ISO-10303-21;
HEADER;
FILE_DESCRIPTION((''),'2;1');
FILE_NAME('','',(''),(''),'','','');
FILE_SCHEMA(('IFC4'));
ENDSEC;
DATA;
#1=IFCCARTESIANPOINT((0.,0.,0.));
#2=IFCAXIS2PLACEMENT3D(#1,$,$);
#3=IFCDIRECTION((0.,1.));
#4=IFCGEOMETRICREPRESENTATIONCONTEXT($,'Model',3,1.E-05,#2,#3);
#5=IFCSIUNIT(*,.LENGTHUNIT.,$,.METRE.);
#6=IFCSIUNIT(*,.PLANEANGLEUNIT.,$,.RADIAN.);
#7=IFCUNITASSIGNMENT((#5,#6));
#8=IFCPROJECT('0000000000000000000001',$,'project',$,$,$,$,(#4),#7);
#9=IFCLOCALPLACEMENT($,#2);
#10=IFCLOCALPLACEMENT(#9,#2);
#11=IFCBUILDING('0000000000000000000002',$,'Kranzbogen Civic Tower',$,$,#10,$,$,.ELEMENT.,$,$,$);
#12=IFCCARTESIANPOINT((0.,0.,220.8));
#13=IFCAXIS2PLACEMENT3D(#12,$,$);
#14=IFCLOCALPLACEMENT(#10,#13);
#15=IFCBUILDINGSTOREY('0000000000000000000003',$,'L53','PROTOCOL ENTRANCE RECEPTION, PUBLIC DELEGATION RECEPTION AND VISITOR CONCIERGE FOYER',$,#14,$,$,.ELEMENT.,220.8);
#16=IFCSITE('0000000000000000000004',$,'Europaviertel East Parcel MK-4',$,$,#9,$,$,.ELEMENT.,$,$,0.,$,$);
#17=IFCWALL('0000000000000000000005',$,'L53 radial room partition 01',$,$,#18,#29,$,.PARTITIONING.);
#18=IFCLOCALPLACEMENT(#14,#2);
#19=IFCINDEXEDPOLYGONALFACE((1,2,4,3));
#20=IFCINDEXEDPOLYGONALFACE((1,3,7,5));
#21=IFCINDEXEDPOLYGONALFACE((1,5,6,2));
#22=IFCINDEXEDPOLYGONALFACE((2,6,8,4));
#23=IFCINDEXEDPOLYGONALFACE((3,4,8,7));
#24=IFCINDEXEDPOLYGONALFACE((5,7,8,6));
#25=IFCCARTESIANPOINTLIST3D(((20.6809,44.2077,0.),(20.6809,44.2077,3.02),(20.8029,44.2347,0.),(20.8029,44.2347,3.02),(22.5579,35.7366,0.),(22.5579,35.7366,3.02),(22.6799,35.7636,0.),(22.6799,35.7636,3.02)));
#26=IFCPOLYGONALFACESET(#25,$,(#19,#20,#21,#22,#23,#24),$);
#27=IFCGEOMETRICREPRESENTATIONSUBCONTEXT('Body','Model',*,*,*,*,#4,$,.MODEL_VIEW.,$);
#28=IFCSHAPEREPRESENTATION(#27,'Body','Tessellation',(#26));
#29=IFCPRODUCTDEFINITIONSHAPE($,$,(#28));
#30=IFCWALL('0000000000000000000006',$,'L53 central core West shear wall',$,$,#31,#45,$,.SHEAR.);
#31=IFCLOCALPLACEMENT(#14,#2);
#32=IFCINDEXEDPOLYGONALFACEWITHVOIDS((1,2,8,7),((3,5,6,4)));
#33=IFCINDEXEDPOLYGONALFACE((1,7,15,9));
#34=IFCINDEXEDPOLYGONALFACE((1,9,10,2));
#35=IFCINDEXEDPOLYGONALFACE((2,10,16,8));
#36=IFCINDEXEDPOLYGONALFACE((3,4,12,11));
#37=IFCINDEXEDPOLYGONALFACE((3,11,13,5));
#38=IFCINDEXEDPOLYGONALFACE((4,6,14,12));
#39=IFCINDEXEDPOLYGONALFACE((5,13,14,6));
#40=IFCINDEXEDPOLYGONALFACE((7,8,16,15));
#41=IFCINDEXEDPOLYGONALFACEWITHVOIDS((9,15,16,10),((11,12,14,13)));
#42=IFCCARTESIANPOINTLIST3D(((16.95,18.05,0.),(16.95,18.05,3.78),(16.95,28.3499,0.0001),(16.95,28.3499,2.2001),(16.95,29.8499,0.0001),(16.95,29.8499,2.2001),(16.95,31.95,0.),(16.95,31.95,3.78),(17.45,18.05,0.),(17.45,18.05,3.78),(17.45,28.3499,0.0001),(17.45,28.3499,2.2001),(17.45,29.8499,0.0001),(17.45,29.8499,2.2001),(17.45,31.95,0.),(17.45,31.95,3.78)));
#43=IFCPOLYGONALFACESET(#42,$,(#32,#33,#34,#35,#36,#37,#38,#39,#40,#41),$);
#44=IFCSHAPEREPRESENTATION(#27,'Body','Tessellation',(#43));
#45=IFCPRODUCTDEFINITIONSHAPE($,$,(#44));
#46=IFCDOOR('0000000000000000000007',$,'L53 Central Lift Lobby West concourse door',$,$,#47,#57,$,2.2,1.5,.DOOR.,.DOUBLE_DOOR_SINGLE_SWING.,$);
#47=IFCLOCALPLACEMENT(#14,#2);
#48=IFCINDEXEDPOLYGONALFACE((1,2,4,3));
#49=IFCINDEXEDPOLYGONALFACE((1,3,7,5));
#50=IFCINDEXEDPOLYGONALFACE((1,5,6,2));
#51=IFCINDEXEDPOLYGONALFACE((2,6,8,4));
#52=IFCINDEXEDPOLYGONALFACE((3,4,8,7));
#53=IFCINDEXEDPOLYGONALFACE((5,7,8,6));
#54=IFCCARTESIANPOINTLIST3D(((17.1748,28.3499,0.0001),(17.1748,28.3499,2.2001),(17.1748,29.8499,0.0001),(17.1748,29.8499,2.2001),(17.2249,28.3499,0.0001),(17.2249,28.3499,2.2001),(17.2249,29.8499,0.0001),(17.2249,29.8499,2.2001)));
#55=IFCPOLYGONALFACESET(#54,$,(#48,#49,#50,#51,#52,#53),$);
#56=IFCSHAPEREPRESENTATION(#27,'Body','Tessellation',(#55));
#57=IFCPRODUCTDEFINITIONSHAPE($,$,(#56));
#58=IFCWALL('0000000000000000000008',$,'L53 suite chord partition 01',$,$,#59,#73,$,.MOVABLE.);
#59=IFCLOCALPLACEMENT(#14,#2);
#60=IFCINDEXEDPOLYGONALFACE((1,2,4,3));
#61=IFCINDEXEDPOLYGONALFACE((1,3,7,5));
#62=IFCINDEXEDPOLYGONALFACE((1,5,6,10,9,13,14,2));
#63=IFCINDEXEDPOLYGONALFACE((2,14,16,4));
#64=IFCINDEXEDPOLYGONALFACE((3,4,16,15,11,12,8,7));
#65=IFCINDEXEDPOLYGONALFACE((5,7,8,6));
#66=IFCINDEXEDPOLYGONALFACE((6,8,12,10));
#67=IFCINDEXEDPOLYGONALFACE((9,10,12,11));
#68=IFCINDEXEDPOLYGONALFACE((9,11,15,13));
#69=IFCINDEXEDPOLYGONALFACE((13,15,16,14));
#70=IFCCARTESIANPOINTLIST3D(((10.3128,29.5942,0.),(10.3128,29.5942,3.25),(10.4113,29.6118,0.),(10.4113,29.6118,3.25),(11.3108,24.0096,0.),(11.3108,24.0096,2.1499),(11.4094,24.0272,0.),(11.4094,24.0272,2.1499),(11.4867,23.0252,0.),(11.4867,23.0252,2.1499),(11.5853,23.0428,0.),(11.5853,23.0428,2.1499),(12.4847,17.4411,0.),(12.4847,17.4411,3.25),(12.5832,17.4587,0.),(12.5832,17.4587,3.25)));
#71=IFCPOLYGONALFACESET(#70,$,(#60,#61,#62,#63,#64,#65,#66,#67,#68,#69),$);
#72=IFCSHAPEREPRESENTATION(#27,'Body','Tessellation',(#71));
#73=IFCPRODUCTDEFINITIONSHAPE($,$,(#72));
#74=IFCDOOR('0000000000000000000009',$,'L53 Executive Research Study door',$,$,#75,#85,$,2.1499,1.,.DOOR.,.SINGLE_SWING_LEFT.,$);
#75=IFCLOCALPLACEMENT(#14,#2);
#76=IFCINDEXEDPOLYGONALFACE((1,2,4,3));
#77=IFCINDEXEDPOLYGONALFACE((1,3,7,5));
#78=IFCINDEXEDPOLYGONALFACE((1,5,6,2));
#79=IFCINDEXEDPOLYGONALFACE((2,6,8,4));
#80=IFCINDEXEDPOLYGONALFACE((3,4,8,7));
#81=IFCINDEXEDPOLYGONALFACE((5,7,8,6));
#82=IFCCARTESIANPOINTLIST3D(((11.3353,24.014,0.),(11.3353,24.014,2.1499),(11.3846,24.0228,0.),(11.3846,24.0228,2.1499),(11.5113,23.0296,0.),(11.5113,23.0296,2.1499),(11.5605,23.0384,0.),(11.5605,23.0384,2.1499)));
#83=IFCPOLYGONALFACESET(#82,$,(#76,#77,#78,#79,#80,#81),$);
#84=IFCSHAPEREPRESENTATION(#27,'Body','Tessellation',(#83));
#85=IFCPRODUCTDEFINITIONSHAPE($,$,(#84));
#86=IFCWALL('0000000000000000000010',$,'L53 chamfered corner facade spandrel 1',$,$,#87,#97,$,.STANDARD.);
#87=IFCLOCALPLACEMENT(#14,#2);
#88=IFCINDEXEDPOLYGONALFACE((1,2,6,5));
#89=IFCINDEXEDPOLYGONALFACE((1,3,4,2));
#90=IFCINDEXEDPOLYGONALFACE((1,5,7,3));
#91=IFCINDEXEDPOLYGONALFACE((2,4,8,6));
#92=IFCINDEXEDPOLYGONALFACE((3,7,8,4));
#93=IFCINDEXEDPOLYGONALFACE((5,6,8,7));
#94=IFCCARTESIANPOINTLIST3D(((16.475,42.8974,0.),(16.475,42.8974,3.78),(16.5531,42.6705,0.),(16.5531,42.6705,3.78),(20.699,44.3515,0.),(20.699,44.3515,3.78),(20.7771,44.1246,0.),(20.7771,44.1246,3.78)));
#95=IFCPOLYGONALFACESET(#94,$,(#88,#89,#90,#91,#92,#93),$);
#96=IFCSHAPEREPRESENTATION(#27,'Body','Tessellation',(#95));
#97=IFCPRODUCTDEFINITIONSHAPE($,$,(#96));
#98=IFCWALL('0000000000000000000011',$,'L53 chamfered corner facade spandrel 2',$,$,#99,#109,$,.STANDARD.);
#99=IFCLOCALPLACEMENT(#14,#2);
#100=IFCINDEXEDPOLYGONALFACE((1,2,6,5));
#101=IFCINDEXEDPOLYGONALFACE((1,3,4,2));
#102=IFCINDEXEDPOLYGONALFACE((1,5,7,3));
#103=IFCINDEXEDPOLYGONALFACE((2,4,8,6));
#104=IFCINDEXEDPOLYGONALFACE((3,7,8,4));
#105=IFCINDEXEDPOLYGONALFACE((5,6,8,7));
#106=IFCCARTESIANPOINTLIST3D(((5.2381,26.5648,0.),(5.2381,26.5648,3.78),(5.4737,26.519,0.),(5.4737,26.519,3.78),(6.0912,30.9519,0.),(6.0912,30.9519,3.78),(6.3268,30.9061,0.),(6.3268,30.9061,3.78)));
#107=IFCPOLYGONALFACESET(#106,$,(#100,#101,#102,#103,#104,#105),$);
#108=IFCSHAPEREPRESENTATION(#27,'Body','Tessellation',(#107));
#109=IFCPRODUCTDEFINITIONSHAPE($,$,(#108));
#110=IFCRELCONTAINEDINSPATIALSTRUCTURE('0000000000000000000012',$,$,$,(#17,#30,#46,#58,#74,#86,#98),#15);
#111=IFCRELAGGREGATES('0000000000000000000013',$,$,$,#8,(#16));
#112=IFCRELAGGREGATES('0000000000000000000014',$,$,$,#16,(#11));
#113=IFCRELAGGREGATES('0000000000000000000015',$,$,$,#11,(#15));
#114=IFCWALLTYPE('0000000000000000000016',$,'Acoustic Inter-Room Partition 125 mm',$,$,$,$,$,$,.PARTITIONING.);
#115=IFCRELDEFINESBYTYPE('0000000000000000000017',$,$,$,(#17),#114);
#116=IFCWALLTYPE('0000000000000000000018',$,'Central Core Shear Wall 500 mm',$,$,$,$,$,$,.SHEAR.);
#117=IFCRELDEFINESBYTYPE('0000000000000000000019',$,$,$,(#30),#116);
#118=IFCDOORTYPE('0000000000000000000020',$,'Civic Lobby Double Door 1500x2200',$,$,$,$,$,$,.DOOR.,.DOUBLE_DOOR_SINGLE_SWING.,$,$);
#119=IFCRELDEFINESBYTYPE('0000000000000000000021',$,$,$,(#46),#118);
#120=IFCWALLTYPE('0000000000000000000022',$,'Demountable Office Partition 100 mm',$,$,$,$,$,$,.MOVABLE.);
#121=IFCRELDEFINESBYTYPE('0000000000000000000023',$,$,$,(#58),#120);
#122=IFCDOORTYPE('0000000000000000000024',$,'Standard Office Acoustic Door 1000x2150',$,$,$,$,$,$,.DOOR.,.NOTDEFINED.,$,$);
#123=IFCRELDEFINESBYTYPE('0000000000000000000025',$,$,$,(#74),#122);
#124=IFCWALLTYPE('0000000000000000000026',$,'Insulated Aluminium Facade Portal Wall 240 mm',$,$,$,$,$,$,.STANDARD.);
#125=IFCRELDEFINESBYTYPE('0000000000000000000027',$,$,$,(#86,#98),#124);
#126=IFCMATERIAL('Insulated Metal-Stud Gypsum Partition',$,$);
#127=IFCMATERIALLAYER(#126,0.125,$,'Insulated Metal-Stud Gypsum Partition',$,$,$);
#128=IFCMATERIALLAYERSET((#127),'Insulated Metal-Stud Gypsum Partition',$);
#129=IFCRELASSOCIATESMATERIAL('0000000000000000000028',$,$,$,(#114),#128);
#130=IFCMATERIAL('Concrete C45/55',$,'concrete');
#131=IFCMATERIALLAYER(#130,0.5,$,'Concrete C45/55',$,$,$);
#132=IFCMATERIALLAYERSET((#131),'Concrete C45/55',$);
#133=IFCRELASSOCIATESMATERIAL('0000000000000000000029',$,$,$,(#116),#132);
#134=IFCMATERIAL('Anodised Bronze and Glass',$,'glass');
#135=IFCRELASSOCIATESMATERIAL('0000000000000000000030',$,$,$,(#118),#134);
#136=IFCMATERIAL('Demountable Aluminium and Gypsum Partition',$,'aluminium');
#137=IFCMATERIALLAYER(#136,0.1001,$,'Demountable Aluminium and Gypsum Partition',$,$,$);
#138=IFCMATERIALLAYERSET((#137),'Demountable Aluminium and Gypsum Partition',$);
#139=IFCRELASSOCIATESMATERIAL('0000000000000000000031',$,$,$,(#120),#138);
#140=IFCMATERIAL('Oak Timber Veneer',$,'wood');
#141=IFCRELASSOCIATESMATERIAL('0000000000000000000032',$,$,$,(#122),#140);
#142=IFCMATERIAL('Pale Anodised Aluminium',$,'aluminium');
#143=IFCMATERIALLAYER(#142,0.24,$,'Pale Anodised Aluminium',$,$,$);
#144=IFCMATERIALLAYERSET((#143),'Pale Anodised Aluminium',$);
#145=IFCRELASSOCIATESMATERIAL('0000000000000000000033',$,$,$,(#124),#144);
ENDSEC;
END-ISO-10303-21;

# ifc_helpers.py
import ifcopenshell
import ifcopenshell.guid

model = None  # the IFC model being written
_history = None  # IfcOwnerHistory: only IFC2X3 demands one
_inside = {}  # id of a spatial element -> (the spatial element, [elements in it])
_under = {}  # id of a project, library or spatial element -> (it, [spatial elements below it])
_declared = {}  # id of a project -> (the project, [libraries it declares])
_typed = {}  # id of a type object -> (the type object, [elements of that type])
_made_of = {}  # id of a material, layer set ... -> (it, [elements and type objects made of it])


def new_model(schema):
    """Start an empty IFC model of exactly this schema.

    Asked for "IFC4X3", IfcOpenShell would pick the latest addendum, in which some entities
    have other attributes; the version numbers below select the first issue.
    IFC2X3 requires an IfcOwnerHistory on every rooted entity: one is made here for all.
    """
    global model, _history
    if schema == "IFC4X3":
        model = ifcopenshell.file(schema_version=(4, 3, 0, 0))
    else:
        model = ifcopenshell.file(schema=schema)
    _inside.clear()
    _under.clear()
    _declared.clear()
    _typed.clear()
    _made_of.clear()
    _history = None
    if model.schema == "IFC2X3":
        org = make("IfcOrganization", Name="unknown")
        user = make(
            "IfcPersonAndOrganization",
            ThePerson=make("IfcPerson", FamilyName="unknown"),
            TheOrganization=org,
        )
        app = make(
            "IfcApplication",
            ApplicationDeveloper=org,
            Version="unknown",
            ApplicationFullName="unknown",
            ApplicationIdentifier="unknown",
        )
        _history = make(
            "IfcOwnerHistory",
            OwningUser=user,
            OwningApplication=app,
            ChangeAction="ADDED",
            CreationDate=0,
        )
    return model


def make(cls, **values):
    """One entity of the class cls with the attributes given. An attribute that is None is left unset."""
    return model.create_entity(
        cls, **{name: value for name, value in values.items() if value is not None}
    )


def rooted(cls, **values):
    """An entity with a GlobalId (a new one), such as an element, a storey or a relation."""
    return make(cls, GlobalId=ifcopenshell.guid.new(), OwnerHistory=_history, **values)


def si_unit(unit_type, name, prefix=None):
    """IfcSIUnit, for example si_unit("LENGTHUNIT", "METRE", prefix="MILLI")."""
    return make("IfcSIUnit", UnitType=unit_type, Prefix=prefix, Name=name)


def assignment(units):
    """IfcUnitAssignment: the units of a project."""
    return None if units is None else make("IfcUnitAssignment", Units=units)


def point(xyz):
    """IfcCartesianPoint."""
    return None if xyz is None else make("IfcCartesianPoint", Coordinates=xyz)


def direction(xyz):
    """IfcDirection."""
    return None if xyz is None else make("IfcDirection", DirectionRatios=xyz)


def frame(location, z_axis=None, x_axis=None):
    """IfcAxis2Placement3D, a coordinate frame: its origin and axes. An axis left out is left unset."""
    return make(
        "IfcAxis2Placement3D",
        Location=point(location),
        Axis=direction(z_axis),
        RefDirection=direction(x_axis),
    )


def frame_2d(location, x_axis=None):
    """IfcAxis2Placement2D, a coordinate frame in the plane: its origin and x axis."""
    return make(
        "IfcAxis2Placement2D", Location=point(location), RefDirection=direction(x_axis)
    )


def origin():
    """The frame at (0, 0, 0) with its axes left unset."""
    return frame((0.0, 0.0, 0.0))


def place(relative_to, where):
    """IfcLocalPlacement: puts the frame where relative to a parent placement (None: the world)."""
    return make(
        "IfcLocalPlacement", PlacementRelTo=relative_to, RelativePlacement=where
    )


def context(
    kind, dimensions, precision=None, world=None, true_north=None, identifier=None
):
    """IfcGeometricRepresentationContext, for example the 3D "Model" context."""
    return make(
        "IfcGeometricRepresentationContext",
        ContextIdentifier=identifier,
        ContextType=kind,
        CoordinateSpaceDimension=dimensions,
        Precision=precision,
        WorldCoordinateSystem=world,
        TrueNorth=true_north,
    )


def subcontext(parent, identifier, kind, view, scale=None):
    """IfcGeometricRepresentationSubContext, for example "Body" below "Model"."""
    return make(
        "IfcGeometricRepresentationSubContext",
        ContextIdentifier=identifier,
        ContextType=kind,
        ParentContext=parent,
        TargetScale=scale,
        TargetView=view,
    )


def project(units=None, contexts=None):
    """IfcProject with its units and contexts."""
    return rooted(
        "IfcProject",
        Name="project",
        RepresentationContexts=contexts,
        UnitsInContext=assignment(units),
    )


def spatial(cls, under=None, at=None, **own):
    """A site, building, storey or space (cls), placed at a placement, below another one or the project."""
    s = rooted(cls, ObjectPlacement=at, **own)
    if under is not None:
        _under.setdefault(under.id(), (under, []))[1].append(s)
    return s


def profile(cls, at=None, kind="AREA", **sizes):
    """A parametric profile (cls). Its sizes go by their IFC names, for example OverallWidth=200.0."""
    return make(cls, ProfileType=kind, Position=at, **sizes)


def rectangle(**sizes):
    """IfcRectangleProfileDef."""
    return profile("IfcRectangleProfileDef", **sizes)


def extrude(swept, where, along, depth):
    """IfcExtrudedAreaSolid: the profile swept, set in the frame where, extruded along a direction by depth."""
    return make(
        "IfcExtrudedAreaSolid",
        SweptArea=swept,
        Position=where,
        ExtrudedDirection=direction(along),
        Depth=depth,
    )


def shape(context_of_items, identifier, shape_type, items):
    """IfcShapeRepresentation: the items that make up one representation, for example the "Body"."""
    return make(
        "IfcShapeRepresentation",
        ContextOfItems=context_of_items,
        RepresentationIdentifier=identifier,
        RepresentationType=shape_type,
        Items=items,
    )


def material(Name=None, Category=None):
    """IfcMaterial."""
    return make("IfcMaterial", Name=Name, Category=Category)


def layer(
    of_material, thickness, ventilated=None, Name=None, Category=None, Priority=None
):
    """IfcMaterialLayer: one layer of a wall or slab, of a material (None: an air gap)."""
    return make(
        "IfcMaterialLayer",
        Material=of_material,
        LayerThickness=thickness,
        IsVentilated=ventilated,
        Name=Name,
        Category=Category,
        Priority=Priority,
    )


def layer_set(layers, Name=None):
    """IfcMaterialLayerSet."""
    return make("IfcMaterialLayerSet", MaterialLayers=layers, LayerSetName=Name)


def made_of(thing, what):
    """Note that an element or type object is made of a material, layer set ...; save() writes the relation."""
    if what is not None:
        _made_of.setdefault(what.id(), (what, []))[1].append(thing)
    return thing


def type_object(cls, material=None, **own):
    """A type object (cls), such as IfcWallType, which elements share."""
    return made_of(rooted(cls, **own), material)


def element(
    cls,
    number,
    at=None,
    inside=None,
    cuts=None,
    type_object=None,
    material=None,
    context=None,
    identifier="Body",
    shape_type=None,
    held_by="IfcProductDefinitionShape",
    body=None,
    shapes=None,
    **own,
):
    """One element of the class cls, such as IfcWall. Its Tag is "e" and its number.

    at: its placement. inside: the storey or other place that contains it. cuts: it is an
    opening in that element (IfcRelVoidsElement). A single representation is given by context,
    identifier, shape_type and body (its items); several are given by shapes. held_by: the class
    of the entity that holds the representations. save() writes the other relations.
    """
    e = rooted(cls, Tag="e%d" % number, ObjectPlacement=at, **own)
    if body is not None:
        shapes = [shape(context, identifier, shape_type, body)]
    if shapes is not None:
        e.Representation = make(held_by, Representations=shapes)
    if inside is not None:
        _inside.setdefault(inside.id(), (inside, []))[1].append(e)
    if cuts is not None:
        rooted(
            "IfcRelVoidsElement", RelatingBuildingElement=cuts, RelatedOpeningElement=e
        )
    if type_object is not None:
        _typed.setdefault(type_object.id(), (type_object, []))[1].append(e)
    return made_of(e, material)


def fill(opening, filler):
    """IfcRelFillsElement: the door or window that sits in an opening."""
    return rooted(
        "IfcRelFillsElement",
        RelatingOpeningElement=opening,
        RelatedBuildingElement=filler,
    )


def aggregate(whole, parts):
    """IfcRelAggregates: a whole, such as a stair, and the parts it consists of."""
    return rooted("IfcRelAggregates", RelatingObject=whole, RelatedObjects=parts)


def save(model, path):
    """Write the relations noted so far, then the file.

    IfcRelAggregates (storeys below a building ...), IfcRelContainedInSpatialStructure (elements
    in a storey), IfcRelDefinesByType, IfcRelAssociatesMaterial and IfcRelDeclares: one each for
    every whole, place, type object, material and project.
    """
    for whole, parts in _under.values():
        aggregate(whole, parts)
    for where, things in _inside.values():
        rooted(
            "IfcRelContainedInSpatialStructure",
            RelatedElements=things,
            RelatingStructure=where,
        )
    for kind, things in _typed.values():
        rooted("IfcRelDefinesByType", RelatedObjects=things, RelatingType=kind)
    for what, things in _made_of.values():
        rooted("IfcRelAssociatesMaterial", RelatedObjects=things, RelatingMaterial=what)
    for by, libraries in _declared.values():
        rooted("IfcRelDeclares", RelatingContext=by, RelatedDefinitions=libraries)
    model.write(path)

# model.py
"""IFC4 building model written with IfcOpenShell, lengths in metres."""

from ifc_helpers import new_model, si_unit, direction, frame, frame_2d, origin, place, context, subcontext, project, spatial, rectangle, extrude, material, layer, layer_set, type_object, element, fill, save


model = new_model("IFC4")

# Units and contexts
model_context = context("Model", 3, precision=1e-05, world=origin(), true_north=direction((0.0, 1.0)))
body_context = subcontext(model_context, "Body", "Model", "MODEL_VIEW")
ifc_project = project(units=[si_unit("LENGTHUNIT", "METRE"), si_unit("PLANEANGLEUNIT", "RADIAN")], contexts=[model_context])

# Site, building, storey
site_placement = place(None, origin())
site = spatial("IfcSite", under=ifc_project, at=site_placement, Name="Europaviertel East Parcel MK-4", CompositionType="ELEMENT", RefElevation=0.0)
building_placement = place(site_placement, origin())
building = spatial("IfcBuilding", under=site, at=building_placement, Name="Kranzbogen Civic Tower", CompositionType="ELEMENT")
storey_placement = place(building_placement, frame((0.0, 0.0, 220.8)))
storey = spatial("IfcBuildingStorey", under=building, at=storey_placement, Name="L53", Description="PROTOCOL ENTRANCE RECEPTION, PUBLIC DELEGATION RECEPTION AND VISITOR CONCIERGE FOYER", CompositionType="ELEMENT", Elevation=220.8)

# Shared definitions
ifc_material_1 = material(Name="Pale Anodised Aluminium", Category="aluminium")

# Wall
ifc_material_2 = material(Name="Insulated Metal-Stud Gypsum Partition")
ifc_layer_1 = layer(ifc_material_2, 0.125, Name="Insulated Metal-Stud Gypsum Partition")
ifc_layer_set_1 = layer_set([ifc_layer_1], Name="Insulated Metal-Stud Gypsum Partition")
wall_type_1 = type_object("IfcWallType", Name="Acoustic Inter-Room Partition 125 mm", PredefinedType="PARTITIONING", material=ifc_layer_set_1)
wall_1_placement = place(storey_placement, frame((22.6189, 35.75, 0.0), z_axis=(0.0, 0.0, 1.0), x_axis=(-0.216329, 0.976321, 0.0)))
element("IfcWall", 1, at=wall_1_placement, inside=storey, type_object=wall_type_1, Name="L53 radial room partition 01", PredefinedType="PARTITIONING", context=body_context, shape_type="SweptSolid", body=[
    extrude(rectangle(XDim=8.6765, YDim=0.125, at=frame_2d((4.3384, 0.0))), origin(), (0.0, 0.0, 1.0), 3.02),
])

# Walls, openings, doors
ifc_material_3 = material(Name="Concrete C45/55", Category="concrete")
ifc_layer_2 = layer(ifc_material_3, 0.5, Name="Concrete C45/55")
ifc_layer_set_2 = layer_set([ifc_layer_2], Name="Concrete C45/55")
wall_type_2 = type_object("IfcWallType", Name="Central Core Shear Wall 500 mm", PredefinedType="SHEAR", material=ifc_layer_set_2)
wall_2_placement = place(storey_placement, frame((17.2, 31.95, 0.0), z_axis=(0.0, 0.0, 1.0), x_axis=(0.0, -1.0, 0.0)))
wall_2 = element("IfcWall", 2, at=wall_2_placement, inside=storey, type_object=wall_type_2, Name="L53 central core West shear wall", PredefinedType="SHEAR", context=body_context, shape_type="SweptSolid", body=[
    extrude(rectangle(XDim=13.8999, YDim=0.5, at=frame_2d((6.95, 0.0))), origin(), (0.0, 0.0, 1.0), 3.78),
])
opening_1_placement = place(wall_2_placement, frame((2.1001, 0.0, 0.0)))
opening_1 = element("IfcOpeningElement", 3, at=opening_1_placement, cuts=wall_2, PredefinedType="OPENING", context=body_context, shape_type="SweptSolid", body=[
    extrude(rectangle(XDim=1.5, YDim=2.2, at=frame_2d((0.75, 1.1001))), frame((0.0, 0.26, 0.0), z_axis=(0.0, -1.0, 0.0), x_axis=(1.0, 0.0, 0.0)), (0.0, 0.0, 1.0), 0.52),
])
ifc_material_4 = material(Name="Anodised Bronze and Glass", Category="glass")
door_type_1 = type_object("IfcDoorType", Name="Civic Lobby Double Door 1500x2200", OperationType="DOUBLE_DOOR_SINGLE_SWING", PredefinedType="DOOR", material=ifc_material_4)
door_1_placement = place(opening_1_placement, origin())
door_1 = element("IfcDoor", 4, at=door_1_placement, inside=storey, type_object=door_type_1, Name="L53 Central Lift Lobby West concourse door", OperationType="DOUBLE_DOOR_SINGLE_SWING", OverallHeight=2.2, OverallWidth=1.5, PredefinedType="DOOR", context=body_context, shape_type="SweptSolid", body=[
    extrude(rectangle(XDim=1.5, YDim=2.2, at=frame_2d((0.75, 1.1001))), frame((0.0, 0.0249, 0.0), z_axis=(0.0, -1.0, 0.0), x_axis=(1.0, 0.0, 0.0)), (0.0, 0.0, 1.0), 0.05),
])
fill(opening_1, door_1)
ifc_material_5 = material(Name="Demountable Aluminium and Gypsum Partition", Category="aluminium")
ifc_layer_3 = layer(ifc_material_5, 0.1001, Name="Demountable Aluminium and Gypsum Partition")
ifc_layer_set_3 = layer_set([ifc_layer_3], Name="Demountable Aluminium and Gypsum Partition")
wall_type_3 = type_object("IfcWallType", Name="Demountable Office Partition 100 mm", PredefinedType="MOVABLE", material=ifc_layer_set_3)
wall_3_placement = place(storey_placement, frame((10.3621, 29.603, 0.0), z_axis=(0.0, 0.0, 1.0), x_axis=(0.175923, -0.984404, 0.0)))
wall_3 = element("IfcWall", 5, at=wall_3_placement, inside=storey, type_object=wall_type_3, Name="L53 suite chord partition 01", PredefinedType="MOVABLE", context=body_context, shape_type="SweptSolid", body=[
    extrude(rectangle(XDim=12.3457, YDim=0.1001, at=frame_2d((6.1729, 0.0))), origin(), (0.0, 0.0, 1.0), 3.25),
])
opening_2_placement = place(wall_3_placement, frame((5.6731, 0.0, 0.0)))
opening_2 = element("IfcOpeningElement", 6, at=opening_2_placement, cuts=wall_3, PredefinedType="OPENING", context=body_context, shape_type="SweptSolid", body=[
    extrude(rectangle(XDim=1.0, YDim=2.1499, at=frame_2d((0.5, 1.075))), frame((0.0, 0.0601, 0.0), z_axis=(0.0, -1.0, 0.0), x_axis=(1.0, 0.0, 0.0)), (0.0, 0.0, 1.0), 0.1201),
])
ifc_material_6 = material(Name="Oak Timber Veneer", Category="wood")
door_type_2 = type_object("IfcDoorType", Name="Standard Office Acoustic Door 1000x2150", OperationType="NOTDEFINED", PredefinedType="DOOR", material=ifc_material_6)
door_2_placement = place(opening_2_placement, origin())
door_2 = element("IfcDoor", 7, at=door_2_placement, inside=storey, type_object=door_type_2, Name="L53 Executive Research Study door", OperationType="SINGLE_SWING_LEFT", OverallHeight=2.1499, OverallWidth=1.0, PredefinedType="DOOR", context=body_context, shape_type="SweptSolid", body=[
    extrude(rectangle(XDim=1.0, YDim=2.1499, at=frame_2d((0.5, 1.075))), frame((0.0, 0.0249, 0.0), z_axis=(0.0, -1.0, 0.0), x_axis=(1.0, 0.0, 0.0)), (0.0, 0.0, 1.0), 0.05),
])
fill(opening_2, door_2)

# Walls
ifc_layer_4 = layer(ifc_material_1, 0.24, Name="Pale Anodised Aluminium")
ifc_layer_set_4 = layer_set([ifc_layer_4], Name="Pale Anodised Aluminium")
wall_type_4 = type_object("IfcWallType", Name="Insulated Aluminium Facade Portal Wall 240 mm", PredefinedType="STANDARD", material=ifc_layer_set_4)
wall_4_placement = place(storey_placement, frame((20.738, 44.238, 0.0), z_axis=(0.0, 0.0, 1.0), x_axis=(-0.945545, -0.325492, 0.0)))
element("IfcWall", 8, at=wall_4_placement, inside=storey, type_object=wall_type_4, Name="L53 chamfered corner facade spandrel 1", PredefinedType="STANDARD", context=body_context, shape_type="SweptSolid", body=[
    extrude(rectangle(XDim=4.4673, YDim=0.24, at=frame_2d((2.2336, 0.0))), origin(), (0.0, 0.0, 1.0), 3.78),
])
wall_5_placement = place(storey_placement, frame((6.209, 30.929, 0.0), z_axis=(0.0, 0.0, 1.0), x_axis=(-0.190871, -0.981615, 0.0)))
element("IfcWall", 9, at=wall_5_placement, inside=storey, type_object=wall_type_4, Name="L53 chamfered corner facade spandrel 2", PredefinedType="STANDARD", context=body_context, shape_type="SweptSolid", body=[
    extrude(rectangle(XDim=4.4692, YDim=0.24, at=frame_2d((2.2346, 0.0))), origin(), (0.0, 0.0, 1.0), 3.78),
])

save(model, "model.ifc")
